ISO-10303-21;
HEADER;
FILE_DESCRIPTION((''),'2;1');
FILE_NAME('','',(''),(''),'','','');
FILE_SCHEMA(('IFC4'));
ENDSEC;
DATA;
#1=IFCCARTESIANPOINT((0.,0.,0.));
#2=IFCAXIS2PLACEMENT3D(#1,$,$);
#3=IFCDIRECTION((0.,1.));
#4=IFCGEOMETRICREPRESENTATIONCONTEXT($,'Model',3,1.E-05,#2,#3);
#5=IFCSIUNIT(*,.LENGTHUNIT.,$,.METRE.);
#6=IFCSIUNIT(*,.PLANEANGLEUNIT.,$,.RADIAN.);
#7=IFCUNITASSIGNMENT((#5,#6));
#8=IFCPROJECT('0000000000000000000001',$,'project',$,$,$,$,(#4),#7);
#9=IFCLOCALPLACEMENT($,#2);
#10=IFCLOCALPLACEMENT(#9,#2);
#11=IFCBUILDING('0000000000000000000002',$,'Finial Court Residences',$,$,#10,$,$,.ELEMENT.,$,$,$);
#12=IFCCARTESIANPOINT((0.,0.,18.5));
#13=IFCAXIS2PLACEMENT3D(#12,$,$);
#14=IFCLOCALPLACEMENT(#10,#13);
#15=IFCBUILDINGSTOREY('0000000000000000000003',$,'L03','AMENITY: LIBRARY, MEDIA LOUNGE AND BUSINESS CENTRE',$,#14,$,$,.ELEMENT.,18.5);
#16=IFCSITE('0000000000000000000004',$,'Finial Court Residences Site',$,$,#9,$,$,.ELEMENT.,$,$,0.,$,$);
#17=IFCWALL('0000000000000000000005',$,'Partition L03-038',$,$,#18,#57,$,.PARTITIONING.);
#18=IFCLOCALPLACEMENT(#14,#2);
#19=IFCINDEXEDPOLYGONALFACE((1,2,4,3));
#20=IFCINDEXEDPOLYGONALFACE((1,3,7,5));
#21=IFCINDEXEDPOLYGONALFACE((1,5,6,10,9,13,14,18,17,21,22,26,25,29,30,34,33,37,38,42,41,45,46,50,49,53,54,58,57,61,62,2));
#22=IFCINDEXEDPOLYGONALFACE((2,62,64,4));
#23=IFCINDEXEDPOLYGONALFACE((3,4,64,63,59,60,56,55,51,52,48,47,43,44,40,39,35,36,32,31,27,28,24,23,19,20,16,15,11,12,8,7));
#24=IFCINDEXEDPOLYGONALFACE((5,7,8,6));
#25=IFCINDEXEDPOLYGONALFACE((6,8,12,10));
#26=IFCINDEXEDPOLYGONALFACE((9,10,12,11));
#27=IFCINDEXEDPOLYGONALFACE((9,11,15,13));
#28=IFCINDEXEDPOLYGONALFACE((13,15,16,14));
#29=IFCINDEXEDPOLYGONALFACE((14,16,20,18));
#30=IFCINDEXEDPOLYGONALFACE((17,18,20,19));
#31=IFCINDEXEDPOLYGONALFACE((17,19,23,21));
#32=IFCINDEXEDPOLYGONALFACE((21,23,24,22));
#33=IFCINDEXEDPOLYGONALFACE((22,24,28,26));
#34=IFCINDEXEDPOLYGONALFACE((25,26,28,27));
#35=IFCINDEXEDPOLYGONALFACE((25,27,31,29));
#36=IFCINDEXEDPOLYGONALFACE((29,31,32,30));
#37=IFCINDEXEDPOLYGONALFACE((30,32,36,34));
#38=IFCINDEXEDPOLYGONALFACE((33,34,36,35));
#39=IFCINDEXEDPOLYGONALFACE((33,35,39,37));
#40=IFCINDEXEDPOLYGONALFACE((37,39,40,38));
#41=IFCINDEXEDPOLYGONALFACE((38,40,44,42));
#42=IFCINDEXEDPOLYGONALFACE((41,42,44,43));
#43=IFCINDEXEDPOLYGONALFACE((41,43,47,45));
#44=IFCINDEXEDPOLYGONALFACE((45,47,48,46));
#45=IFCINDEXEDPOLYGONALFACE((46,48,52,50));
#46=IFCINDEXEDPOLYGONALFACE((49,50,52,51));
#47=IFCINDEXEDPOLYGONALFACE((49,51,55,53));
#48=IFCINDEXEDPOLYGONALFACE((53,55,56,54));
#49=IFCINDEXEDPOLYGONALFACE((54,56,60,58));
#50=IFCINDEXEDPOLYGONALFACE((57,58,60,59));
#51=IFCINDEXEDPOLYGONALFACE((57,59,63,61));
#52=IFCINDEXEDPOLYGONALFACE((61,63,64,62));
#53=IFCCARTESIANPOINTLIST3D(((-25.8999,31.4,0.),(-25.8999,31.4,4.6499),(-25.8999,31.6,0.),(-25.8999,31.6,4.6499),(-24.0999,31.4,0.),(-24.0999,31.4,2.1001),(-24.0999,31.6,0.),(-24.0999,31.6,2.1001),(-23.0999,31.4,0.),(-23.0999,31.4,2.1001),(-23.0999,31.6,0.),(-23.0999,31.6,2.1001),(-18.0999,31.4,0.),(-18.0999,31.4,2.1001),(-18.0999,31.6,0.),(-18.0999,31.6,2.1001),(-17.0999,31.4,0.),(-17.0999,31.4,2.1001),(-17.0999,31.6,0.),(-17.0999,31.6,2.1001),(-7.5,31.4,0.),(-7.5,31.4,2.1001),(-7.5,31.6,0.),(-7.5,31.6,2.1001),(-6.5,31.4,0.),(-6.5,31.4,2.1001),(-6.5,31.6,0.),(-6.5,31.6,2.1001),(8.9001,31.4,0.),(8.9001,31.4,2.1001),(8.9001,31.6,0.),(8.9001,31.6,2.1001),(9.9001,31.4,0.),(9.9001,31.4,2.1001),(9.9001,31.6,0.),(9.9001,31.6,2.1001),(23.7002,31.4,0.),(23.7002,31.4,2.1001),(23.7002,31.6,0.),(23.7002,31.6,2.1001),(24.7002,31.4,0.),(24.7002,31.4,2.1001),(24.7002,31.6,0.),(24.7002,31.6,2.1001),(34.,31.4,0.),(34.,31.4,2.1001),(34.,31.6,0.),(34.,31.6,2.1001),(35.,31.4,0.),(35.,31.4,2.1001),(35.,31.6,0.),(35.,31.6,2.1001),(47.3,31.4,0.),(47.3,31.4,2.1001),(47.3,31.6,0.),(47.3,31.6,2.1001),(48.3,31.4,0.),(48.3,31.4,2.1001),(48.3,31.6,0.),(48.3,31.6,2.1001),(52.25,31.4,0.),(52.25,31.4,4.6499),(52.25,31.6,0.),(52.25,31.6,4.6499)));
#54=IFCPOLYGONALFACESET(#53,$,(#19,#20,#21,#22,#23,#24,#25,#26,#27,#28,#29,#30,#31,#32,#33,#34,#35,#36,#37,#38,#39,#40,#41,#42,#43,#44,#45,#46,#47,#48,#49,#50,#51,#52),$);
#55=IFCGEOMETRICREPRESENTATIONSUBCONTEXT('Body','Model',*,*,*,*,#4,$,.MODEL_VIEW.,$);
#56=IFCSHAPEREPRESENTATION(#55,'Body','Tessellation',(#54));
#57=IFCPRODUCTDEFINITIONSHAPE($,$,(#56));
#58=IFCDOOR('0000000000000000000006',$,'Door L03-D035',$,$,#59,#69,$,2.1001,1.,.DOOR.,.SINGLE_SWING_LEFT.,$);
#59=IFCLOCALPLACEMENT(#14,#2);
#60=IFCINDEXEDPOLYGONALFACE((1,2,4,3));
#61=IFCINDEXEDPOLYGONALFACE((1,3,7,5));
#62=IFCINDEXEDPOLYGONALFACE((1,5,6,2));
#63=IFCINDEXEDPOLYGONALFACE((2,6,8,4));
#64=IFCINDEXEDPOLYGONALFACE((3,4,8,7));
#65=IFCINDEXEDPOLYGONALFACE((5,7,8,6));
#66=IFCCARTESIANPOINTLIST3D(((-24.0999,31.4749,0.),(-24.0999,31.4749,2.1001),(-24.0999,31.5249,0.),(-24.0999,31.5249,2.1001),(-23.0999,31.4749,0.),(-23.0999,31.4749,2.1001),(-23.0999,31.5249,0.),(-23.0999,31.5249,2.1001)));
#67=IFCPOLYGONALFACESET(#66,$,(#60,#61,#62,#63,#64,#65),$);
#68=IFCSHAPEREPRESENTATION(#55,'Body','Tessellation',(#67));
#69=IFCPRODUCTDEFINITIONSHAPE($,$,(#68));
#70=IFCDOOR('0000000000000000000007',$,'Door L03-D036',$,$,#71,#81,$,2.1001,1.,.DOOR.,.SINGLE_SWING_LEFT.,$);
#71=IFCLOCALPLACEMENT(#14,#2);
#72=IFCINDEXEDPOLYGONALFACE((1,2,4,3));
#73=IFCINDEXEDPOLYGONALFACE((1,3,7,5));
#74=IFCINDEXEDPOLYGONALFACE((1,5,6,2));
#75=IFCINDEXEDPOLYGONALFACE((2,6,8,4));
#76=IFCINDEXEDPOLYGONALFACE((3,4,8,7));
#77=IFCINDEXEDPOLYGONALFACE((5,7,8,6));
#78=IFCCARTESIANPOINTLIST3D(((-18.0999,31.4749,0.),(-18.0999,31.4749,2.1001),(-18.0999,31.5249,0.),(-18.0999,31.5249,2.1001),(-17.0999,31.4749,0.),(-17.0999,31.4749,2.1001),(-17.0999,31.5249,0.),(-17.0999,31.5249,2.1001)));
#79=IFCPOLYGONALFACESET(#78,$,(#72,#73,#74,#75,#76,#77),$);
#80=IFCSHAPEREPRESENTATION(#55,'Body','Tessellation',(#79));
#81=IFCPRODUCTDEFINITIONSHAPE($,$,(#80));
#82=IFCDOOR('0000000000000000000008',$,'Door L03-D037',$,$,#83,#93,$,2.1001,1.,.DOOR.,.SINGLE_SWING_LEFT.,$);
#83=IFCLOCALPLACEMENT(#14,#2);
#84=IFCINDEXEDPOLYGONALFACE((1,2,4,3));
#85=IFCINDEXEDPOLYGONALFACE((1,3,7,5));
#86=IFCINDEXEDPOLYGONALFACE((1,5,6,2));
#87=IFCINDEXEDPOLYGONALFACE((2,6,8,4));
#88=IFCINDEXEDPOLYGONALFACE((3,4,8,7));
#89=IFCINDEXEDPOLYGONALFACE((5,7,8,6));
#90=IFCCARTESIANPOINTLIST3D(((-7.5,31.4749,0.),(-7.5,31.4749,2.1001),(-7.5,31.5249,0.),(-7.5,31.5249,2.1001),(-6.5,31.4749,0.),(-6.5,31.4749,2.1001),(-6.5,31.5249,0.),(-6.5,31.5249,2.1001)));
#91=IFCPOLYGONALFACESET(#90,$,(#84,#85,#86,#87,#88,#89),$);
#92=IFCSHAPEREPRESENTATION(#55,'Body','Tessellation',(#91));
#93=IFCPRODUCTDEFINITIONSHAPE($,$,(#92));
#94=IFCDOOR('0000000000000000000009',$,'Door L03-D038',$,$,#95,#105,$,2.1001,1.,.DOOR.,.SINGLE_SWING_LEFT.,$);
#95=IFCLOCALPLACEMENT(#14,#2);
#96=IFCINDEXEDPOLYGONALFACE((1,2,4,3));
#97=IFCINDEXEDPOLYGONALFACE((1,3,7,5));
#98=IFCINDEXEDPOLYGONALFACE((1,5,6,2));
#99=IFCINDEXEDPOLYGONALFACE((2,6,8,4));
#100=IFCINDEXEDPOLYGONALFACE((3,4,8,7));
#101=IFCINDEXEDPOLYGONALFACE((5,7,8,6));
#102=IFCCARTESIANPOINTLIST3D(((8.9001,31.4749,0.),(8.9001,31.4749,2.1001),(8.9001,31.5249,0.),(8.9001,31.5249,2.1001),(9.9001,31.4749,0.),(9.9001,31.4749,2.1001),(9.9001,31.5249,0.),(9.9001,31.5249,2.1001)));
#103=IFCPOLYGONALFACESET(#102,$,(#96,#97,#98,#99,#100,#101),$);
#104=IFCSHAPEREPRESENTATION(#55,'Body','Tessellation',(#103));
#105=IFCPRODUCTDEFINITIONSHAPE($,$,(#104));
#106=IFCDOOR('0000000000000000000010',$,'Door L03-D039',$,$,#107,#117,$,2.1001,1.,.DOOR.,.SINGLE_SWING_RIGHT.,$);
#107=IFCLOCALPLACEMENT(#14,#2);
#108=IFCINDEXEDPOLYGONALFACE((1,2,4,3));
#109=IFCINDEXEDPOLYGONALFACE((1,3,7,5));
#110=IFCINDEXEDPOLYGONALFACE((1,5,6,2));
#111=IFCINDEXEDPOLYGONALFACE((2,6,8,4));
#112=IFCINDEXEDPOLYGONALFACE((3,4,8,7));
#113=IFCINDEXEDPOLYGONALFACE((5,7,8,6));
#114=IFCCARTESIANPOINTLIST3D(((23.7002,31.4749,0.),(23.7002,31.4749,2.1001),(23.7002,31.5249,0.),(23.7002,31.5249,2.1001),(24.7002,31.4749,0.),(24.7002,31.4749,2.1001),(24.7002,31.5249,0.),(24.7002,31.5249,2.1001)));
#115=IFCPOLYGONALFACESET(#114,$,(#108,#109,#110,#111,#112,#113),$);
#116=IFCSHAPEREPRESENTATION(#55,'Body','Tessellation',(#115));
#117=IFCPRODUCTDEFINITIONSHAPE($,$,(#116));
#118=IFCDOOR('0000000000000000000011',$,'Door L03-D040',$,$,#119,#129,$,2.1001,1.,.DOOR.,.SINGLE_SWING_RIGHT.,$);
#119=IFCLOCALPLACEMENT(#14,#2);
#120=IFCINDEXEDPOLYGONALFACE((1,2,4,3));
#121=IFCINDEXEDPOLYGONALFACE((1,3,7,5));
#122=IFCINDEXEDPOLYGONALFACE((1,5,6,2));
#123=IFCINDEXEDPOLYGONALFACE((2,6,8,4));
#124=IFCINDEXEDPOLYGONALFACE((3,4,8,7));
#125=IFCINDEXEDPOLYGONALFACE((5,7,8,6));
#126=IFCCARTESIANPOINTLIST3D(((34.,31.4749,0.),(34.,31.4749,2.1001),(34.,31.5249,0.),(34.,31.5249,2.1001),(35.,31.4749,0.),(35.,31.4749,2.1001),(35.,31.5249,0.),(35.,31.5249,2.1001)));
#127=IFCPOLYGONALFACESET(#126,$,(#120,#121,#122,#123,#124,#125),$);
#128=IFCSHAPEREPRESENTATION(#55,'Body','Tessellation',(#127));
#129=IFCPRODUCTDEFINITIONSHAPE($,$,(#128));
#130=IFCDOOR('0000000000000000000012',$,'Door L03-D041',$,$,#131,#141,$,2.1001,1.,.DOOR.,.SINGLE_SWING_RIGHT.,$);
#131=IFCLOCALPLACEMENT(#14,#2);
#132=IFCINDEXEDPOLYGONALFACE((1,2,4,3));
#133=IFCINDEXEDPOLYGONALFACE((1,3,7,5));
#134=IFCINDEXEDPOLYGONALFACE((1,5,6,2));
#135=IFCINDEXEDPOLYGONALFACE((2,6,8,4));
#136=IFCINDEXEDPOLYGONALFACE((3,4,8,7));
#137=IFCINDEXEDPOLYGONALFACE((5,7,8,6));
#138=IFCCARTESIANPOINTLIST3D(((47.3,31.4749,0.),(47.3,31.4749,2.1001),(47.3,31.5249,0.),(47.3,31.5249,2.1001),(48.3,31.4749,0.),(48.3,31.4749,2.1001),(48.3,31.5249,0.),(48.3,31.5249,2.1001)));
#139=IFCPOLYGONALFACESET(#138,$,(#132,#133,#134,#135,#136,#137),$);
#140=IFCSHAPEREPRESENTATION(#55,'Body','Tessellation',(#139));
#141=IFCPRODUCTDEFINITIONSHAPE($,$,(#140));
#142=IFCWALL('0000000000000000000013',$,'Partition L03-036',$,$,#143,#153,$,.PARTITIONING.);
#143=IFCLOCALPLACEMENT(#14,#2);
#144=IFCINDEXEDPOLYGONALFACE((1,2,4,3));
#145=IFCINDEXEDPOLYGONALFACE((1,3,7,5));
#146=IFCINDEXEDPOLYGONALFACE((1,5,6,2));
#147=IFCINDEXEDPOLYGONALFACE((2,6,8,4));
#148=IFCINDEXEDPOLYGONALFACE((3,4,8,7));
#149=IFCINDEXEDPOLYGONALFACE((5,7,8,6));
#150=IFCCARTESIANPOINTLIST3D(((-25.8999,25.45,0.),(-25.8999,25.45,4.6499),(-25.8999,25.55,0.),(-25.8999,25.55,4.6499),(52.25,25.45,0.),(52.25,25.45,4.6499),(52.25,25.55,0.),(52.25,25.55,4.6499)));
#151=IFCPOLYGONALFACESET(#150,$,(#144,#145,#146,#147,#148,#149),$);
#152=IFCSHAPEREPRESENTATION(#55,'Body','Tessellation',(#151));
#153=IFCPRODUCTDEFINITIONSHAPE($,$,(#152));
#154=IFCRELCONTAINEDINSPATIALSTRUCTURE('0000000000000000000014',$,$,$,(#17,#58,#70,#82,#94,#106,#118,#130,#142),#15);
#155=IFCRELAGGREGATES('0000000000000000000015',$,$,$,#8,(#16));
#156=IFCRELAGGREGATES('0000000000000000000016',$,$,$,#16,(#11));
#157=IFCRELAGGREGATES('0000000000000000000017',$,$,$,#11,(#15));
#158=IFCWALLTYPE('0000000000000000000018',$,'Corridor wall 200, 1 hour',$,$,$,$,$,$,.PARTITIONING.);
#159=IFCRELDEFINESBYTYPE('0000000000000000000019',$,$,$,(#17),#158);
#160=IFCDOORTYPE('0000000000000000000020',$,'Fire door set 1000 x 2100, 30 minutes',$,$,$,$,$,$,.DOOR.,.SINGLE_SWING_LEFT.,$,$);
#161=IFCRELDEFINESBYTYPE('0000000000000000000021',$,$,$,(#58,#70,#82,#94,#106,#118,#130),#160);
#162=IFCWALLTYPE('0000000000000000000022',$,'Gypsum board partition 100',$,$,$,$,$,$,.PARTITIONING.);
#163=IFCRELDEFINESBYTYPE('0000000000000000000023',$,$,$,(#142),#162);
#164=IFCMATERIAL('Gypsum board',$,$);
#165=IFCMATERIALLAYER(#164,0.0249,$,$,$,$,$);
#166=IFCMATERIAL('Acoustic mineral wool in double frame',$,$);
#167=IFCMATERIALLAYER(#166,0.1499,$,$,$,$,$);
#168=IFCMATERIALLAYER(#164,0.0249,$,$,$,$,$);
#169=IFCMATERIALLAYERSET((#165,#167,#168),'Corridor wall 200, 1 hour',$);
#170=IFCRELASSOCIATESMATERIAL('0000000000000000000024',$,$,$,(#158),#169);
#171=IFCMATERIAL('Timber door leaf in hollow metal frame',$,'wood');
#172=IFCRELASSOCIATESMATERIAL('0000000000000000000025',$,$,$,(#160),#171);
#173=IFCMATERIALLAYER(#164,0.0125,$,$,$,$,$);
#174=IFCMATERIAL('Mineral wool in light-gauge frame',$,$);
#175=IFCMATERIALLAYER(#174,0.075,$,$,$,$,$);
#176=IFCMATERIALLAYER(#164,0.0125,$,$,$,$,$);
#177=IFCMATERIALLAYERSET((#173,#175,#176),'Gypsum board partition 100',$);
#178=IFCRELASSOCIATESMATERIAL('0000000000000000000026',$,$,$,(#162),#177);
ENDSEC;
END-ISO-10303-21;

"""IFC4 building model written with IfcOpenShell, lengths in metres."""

from ifc_helpers import new_model, si_unit, direction, frame, frame_2d, origin, place, context, subcontext, project, spatial, rectangle, extrude, material, layer, layer_set, type_object, element, fill, save


model = new_model("IFC4")

# Units and contexts
model_context = context("Model", 3, precision=1e-05, world=origin(), true_north=direction((0.0, 1.0)))
body_context = subcontext(model_context, "Body", "Model", "MODEL_VIEW")
ifc_project = project(units=[si_unit("LENGTHUNIT", "METRE"), si_unit("PLANEANGLEUNIT", "RADIAN")], contexts=[model_context])

# Site, building, storey
site_placement = place(None, origin())
site = spatial("IfcSite", under=ifc_project, at=site_placement, Name="Finial Court Residences Site", CompositionType="ELEMENT", RefElevation=0.0)
building_placement = place(site_placement, origin())
building = spatial("IfcBuilding", under=site, at=building_placement, Name="Finial Court Residences", CompositionType="ELEMENT")
storey_placement = place(building_placement, frame((0.0, 0.0, 18.5)))
storey = spatial("IfcBuildingStorey", under=building, at=storey_placement, Name="L03", Description="AMENITY: LIBRARY, MEDIA LOUNGE AND BUSINESS CENTRE", CompositionType="ELEMENT", Elevation=18.5)

# Shared definitions
ifc_material_1 = material(Name="Gypsum board")
ifc_layer_1 = layer(ifc_material_1, 0.0249)
ifc_material_2 = material(Name="Acoustic mineral wool in double frame")
ifc_layer_2 = layer(ifc_material_2, 0.1499)
ifc_layer_3 = layer(ifc_material_1, 0.0249)
ifc_layer_set_1 = layer_set([ifc_layer_1, ifc_layer_2, ifc_layer_3], Name="Corridor wall 200, 1 hour")
wall_type_1 = type_object("IfcWallType", Name="Corridor wall 200, 1 hour", PredefinedType="PARTITIONING", material=ifc_layer_set_1)

# Wall, openings, doors
wall_1_placement = place(storey_placement, frame((-25.8999, 31.5, 0.0), z_axis=(0.0, 0.0, 1.0), x_axis=(1.0, 0.0, 0.0)))
wall_1 = element("IfcWall", 1, at=wall_1_placement, inside=storey, type_object=wall_type_1, Name="Partition L03-038", PredefinedType="PARTITIONING", context=body_context, shape_type="SweptSolid", body=[
    extrude(rectangle(XDim=78.1499, YDim=0.2, at=frame_2d((39.075, 0.0))), origin(), (0.0, 0.0, 1.0), 4.6499),
])
opening_1_placement = place(wall_1_placement, frame((1.8, 0.0, 0.0)))
opening_1 = element("IfcOpeningElement", 2, at=opening_1_placement, cuts=wall_1, PredefinedType="OPENING", context=body_context, shape_type="SweptSolid", body=[
    extrude(rectangle(XDim=1.0, YDim=2.1001, at=frame_2d((0.5, 1.05))), frame((0.0, 0.1099, 0.0), z_axis=(0.0, -1.0, 0.0), x_axis=(1.0, 0.0, 0.0)), (0.0, 0.0, 1.0), 0.22),
])
opening_2_placement = place(wall_1_placement, frame((7.8, 0.0, 0.0)))
opening_2 = element("IfcOpeningElement", 3, at=opening_2_placement, cuts=wall_1, PredefinedType="OPENING", context=body_context, shape_type="SweptSolid", body=[
    extrude(rectangle(XDim=1.0, YDim=2.1001, at=frame_2d((0.5, 1.05))), frame((0.0, 0.1099, 0.0), z_axis=(0.0, -1.0, 0.0), x_axis=(1.0, 0.0, 0.0)), (0.0, 0.0, 1.0), 0.22),
])
opening_3_placement = place(wall_1_placement, frame((18.3999, 0.0, 0.0)))
opening_3 = element("IfcOpeningElement", 4, at=opening_3_placement, cuts=wall_1, PredefinedType="OPENING", context=body_context, shape_type="SweptSolid", body=[
    extrude(rectangle(XDim=1.0, YDim=2.1001, at=frame_2d((0.5, 1.05))), frame((0.0, 0.1099, 0.0), z_axis=(0.0, -1.0, 0.0), x_axis=(1.0, 0.0, 0.0)), (0.0, 0.0, 1.0), 0.22),
])
opening_4_placement = place(wall_1_placement, frame((34.8, 0.0, 0.0)))
opening_4 = element("IfcOpeningElement", 5, at=opening_4_placement, cuts=wall_1, PredefinedType="OPENING", context=body_context, shape_type="SweptSolid", body=[
    extrude(rectangle(XDim=1.0, YDim=2.1001, at=frame_2d((0.5, 1.05))), frame((0.0, 0.1099, 0.0), z_axis=(0.0, -1.0, 0.0), x_axis=(1.0, 0.0, 0.0)), (0.0, 0.0, 1.0), 0.22),
])
opening_5_placement = place(wall_1_placement, frame((49.6001, 0.0, 0.0)))
opening_5 = element("IfcOpeningElement", 6, at=opening_5_placement, cuts=wall_1, PredefinedType="OPENING", context=body_context, shape_type="SweptSolid", body=[
    extrude(rectangle(XDim=1.0, YDim=2.1001, at=frame_2d((0.5, 1.05))), frame((0.0, 0.1099, 0.0), z_axis=(0.0, -1.0, 0.0), x_axis=(1.0, 0.0, 0.0)), (0.0, 0.0, 1.0), 0.22),
])
opening_6_placement = place(wall_1_placement, frame((59.8999, 0.0, 0.0)))
opening_6 = element("IfcOpeningElement", 7, at=opening_6_placement, cuts=wall_1, PredefinedType="OPENING", context=body_context, shape_type="SweptSolid", body=[
    extrude(rectangle(XDim=1.0, YDim=2.1001, at=frame_2d((0.5, 1.05))), frame((0.0, 0.1099, 0.0), z_axis=(0.0, -1.0, 0.0), x_axis=(1.0, 0.0, 0.0)), (0.0, 0.0, 1.0), 0.22),
])
opening_7_placement = place(wall_1_placement, frame((73.2, 0.0, 0.0)))
opening_7 = element("IfcOpeningElement", 8, at=opening_7_placement, cuts=wall_1, PredefinedType="OPENING", context=body_context, shape_type="SweptSolid", body=[
    extrude(rectangle(XDim=1.0, YDim=2.1001, at=frame_2d((0.5, 1.05))), frame((0.0, 0.1099, 0.0), z_axis=(0.0, -1.0, 0.0), x_axis=(1.0, 0.0, 0.0)), (0.0, 0.0, 1.0), 0.22),
])
ifc_material_3 = material(Name="Timber door leaf in hollow metal frame", Category="wood")
door_type = type_object("IfcDoorType", Name="Fire door set 1000 x 2100, 30 minutes", OperationType="SINGLE_SWING_LEFT", PredefinedType="DOOR", material=ifc_material_3)
door_1_placement = place(opening_1_placement, origin())
door_1 = element("IfcDoor", 9, at=door_1_placement, inside=storey, type_object=door_type, Name="Door L03-D035", OperationType="SINGLE_SWING_LEFT", OverallHeight=2.1001, OverallWidth=1.0, PredefinedType="DOOR", context=body_context, shape_type="SweptSolid", body=[
    extrude(rectangle(XDim=1.0, YDim=2.1001, at=frame_2d((0.5, 1.05))), frame((0.0, 0.0249, 0.0), z_axis=(0.0, -1.0, 0.0), x_axis=(1.0, 0.0, 0.0)), (0.0, 0.0, 1.0), 0.05),
])
fill(opening_1, door_1)
door_2_placement = place(opening_2_placement, origin())
door_2 = element("IfcDoor", 10, at=door_2_placement, inside=storey, type_object=door_type, Name="Door L03-D036", OperationType="SINGLE_SWING_LEFT", OverallHeight=2.1001, OverallWidth=1.0, PredefinedType="DOOR", context=body_context, shape_type="SweptSolid", body=[
    extrude(rectangle(XDim=1.0, YDim=2.1001, at=frame_2d((0.5, 1.05))), frame((0.0, 0.0249, 0.0), z_axis=(0.0, -1.0, 0.0), x_axis=(1.0, 0.0, 0.0)), (0.0, 0.0, 1.0), 0.05),
])
fill(opening_2, door_2)
door_3_placement = place(opening_3_placement, origin())
door_3 = element("IfcDoor", 11, at=door_3_placement, inside=storey, type_object=door_type, Name="Door L03-D037", OperationType="SINGLE_SWING_LEFT", OverallHeight=2.1001, OverallWidth=1.0, PredefinedType="DOOR", context=body_context, shape_type="SweptSolid", body=[
    extrude(rectangle(XDim=1.0, YDim=2.1001, at=frame_2d((0.5, 1.05))), frame((0.0, 0.0249, 0.0), z_axis=(0.0, -1.0, 0.0), x_axis=(1.0, 0.0, 0.0)), (0.0, 0.0, 1.0), 0.05),
])
fill(opening_3, door_3)
door_4_placement = place(opening_4_placement, origin())
door_4 = element("IfcDoor", 12, at=door_4_placement, inside=storey, type_object=door_type, Name="Door L03-D038", OperationType="SINGLE_SWING_LEFT", OverallHeight=2.1001, OverallWidth=1.0, PredefinedType="DOOR", context=body_context, shape_type="SweptSolid", body=[
    extrude(rectangle(XDim=1.0, YDim=2.1001, at=frame_2d((0.5, 1.05))), frame((0.0, 0.0249, 0.0), z_axis=(0.0, -1.0, 0.0), x_axis=(1.0, 0.0, 0.0)), (0.0, 0.0, 1.0), 0.05),
])
fill(opening_4, door_4)
door_5_placement = place(opening_5_placement, origin())
door_5 = element("IfcDoor", 13, at=door_5_placement, inside=storey, type_object=door_type, Name="Door L03-D039", OperationType="SINGLE_SWING_RIGHT", OverallHeight=2.1001, OverallWidth=1.0, PredefinedType="DOOR", context=body_context, shape_type="SweptSolid", body=[
    extrude(rectangle(XDim=1.0, YDim=2.1001, at=frame_2d((0.5, 1.05))), frame((0.0, 0.0249, 0.0), z_axis=(0.0, -1.0, 0.0), x_axis=(1.0, 0.0, 0.0)), (0.0, 0.0, 1.0), 0.05),
])
fill(opening_5, door_5)
door_6_placement = place(opening_6_placement, origin())
door_6 = element("IfcDoor", 14, at=door_6_placement, inside=storey, type_object=door_type, Name="Door L03-D040", OperationType="SINGLE_SWING_RIGHT", OverallHeight=2.1001, OverallWidth=1.0, PredefinedType="DOOR", context=body_context, shape_type="SweptSolid", body=[
    extrude(rectangle(XDim=1.0, YDim=2.1001, at=frame_2d((0.5, 1.05))), frame((0.0, 0.0249, 0.0), z_axis=(0.0, -1.0, 0.0), x_axis=(1.0, 0.0, 0.0)), (0.0, 0.0, 1.0), 0.05),
])
fill(opening_6, door_6)
door_7_placement = place(opening_7_placement, origin())
door_7 = element("IfcDoor", 15, at=door_7_placement, inside=storey, type_object=door_type, Name="Door L03-D041", OperationType="SINGLE_SWING_RIGHT", OverallHeight=2.1001, OverallWidth=1.0, PredefinedType="DOOR", context=body_context, shape_type="SweptSolid", body=[
    extrude(rectangle(XDim=1.0, YDim=2.1001, at=frame_2d((0.5, 1.05))), frame((0.0, 0.0249, 0.0), z_axis=(0.0, -1.0, 0.0), x_axis=(1.0, 0.0, 0.0)), (0.0, 0.0, 1.0), 0.05),
])
fill(opening_7, door_7)

# Wall
ifc_layer_4 = layer(ifc_material_1, 0.0125)
ifc_material_4 = material(Name="Mineral wool in light-gauge frame")
ifc_layer_5 = layer(ifc_material_4, 0.075)
ifc_layer_6 = layer(ifc_material_1, 0.0125)
ifc_layer_set_2 = layer_set([ifc_layer_4, ifc_layer_5, ifc_layer_6], Name="Gypsum board partition 100")
wall_type_2 = type_object("IfcWallType", Name="Gypsum board partition 100", PredefinedType="PARTITIONING", material=ifc_layer_set_2)
wall_2_placement = place(storey_placement, frame((-25.8999, 25.5, 0.0), z_axis=(0.0, 0.0, 1.0), x_axis=(1.0, 0.0, 0.0)))
element("IfcWall", 16, at=wall_2_placement, inside=storey, type_object=wall_type_2, Name="Partition L03-036", PredefinedType="PARTITIONING", context=body_context, shape_type="SweptSolid", body=[
    extrude(rectangle(XDim=78.1499, YDim=0.1001, at=frame_2d((39.075, 0.0))), origin(), (0.0, 0.0, 1.0), 4.6499),
])

save(model, "model.ifc")
